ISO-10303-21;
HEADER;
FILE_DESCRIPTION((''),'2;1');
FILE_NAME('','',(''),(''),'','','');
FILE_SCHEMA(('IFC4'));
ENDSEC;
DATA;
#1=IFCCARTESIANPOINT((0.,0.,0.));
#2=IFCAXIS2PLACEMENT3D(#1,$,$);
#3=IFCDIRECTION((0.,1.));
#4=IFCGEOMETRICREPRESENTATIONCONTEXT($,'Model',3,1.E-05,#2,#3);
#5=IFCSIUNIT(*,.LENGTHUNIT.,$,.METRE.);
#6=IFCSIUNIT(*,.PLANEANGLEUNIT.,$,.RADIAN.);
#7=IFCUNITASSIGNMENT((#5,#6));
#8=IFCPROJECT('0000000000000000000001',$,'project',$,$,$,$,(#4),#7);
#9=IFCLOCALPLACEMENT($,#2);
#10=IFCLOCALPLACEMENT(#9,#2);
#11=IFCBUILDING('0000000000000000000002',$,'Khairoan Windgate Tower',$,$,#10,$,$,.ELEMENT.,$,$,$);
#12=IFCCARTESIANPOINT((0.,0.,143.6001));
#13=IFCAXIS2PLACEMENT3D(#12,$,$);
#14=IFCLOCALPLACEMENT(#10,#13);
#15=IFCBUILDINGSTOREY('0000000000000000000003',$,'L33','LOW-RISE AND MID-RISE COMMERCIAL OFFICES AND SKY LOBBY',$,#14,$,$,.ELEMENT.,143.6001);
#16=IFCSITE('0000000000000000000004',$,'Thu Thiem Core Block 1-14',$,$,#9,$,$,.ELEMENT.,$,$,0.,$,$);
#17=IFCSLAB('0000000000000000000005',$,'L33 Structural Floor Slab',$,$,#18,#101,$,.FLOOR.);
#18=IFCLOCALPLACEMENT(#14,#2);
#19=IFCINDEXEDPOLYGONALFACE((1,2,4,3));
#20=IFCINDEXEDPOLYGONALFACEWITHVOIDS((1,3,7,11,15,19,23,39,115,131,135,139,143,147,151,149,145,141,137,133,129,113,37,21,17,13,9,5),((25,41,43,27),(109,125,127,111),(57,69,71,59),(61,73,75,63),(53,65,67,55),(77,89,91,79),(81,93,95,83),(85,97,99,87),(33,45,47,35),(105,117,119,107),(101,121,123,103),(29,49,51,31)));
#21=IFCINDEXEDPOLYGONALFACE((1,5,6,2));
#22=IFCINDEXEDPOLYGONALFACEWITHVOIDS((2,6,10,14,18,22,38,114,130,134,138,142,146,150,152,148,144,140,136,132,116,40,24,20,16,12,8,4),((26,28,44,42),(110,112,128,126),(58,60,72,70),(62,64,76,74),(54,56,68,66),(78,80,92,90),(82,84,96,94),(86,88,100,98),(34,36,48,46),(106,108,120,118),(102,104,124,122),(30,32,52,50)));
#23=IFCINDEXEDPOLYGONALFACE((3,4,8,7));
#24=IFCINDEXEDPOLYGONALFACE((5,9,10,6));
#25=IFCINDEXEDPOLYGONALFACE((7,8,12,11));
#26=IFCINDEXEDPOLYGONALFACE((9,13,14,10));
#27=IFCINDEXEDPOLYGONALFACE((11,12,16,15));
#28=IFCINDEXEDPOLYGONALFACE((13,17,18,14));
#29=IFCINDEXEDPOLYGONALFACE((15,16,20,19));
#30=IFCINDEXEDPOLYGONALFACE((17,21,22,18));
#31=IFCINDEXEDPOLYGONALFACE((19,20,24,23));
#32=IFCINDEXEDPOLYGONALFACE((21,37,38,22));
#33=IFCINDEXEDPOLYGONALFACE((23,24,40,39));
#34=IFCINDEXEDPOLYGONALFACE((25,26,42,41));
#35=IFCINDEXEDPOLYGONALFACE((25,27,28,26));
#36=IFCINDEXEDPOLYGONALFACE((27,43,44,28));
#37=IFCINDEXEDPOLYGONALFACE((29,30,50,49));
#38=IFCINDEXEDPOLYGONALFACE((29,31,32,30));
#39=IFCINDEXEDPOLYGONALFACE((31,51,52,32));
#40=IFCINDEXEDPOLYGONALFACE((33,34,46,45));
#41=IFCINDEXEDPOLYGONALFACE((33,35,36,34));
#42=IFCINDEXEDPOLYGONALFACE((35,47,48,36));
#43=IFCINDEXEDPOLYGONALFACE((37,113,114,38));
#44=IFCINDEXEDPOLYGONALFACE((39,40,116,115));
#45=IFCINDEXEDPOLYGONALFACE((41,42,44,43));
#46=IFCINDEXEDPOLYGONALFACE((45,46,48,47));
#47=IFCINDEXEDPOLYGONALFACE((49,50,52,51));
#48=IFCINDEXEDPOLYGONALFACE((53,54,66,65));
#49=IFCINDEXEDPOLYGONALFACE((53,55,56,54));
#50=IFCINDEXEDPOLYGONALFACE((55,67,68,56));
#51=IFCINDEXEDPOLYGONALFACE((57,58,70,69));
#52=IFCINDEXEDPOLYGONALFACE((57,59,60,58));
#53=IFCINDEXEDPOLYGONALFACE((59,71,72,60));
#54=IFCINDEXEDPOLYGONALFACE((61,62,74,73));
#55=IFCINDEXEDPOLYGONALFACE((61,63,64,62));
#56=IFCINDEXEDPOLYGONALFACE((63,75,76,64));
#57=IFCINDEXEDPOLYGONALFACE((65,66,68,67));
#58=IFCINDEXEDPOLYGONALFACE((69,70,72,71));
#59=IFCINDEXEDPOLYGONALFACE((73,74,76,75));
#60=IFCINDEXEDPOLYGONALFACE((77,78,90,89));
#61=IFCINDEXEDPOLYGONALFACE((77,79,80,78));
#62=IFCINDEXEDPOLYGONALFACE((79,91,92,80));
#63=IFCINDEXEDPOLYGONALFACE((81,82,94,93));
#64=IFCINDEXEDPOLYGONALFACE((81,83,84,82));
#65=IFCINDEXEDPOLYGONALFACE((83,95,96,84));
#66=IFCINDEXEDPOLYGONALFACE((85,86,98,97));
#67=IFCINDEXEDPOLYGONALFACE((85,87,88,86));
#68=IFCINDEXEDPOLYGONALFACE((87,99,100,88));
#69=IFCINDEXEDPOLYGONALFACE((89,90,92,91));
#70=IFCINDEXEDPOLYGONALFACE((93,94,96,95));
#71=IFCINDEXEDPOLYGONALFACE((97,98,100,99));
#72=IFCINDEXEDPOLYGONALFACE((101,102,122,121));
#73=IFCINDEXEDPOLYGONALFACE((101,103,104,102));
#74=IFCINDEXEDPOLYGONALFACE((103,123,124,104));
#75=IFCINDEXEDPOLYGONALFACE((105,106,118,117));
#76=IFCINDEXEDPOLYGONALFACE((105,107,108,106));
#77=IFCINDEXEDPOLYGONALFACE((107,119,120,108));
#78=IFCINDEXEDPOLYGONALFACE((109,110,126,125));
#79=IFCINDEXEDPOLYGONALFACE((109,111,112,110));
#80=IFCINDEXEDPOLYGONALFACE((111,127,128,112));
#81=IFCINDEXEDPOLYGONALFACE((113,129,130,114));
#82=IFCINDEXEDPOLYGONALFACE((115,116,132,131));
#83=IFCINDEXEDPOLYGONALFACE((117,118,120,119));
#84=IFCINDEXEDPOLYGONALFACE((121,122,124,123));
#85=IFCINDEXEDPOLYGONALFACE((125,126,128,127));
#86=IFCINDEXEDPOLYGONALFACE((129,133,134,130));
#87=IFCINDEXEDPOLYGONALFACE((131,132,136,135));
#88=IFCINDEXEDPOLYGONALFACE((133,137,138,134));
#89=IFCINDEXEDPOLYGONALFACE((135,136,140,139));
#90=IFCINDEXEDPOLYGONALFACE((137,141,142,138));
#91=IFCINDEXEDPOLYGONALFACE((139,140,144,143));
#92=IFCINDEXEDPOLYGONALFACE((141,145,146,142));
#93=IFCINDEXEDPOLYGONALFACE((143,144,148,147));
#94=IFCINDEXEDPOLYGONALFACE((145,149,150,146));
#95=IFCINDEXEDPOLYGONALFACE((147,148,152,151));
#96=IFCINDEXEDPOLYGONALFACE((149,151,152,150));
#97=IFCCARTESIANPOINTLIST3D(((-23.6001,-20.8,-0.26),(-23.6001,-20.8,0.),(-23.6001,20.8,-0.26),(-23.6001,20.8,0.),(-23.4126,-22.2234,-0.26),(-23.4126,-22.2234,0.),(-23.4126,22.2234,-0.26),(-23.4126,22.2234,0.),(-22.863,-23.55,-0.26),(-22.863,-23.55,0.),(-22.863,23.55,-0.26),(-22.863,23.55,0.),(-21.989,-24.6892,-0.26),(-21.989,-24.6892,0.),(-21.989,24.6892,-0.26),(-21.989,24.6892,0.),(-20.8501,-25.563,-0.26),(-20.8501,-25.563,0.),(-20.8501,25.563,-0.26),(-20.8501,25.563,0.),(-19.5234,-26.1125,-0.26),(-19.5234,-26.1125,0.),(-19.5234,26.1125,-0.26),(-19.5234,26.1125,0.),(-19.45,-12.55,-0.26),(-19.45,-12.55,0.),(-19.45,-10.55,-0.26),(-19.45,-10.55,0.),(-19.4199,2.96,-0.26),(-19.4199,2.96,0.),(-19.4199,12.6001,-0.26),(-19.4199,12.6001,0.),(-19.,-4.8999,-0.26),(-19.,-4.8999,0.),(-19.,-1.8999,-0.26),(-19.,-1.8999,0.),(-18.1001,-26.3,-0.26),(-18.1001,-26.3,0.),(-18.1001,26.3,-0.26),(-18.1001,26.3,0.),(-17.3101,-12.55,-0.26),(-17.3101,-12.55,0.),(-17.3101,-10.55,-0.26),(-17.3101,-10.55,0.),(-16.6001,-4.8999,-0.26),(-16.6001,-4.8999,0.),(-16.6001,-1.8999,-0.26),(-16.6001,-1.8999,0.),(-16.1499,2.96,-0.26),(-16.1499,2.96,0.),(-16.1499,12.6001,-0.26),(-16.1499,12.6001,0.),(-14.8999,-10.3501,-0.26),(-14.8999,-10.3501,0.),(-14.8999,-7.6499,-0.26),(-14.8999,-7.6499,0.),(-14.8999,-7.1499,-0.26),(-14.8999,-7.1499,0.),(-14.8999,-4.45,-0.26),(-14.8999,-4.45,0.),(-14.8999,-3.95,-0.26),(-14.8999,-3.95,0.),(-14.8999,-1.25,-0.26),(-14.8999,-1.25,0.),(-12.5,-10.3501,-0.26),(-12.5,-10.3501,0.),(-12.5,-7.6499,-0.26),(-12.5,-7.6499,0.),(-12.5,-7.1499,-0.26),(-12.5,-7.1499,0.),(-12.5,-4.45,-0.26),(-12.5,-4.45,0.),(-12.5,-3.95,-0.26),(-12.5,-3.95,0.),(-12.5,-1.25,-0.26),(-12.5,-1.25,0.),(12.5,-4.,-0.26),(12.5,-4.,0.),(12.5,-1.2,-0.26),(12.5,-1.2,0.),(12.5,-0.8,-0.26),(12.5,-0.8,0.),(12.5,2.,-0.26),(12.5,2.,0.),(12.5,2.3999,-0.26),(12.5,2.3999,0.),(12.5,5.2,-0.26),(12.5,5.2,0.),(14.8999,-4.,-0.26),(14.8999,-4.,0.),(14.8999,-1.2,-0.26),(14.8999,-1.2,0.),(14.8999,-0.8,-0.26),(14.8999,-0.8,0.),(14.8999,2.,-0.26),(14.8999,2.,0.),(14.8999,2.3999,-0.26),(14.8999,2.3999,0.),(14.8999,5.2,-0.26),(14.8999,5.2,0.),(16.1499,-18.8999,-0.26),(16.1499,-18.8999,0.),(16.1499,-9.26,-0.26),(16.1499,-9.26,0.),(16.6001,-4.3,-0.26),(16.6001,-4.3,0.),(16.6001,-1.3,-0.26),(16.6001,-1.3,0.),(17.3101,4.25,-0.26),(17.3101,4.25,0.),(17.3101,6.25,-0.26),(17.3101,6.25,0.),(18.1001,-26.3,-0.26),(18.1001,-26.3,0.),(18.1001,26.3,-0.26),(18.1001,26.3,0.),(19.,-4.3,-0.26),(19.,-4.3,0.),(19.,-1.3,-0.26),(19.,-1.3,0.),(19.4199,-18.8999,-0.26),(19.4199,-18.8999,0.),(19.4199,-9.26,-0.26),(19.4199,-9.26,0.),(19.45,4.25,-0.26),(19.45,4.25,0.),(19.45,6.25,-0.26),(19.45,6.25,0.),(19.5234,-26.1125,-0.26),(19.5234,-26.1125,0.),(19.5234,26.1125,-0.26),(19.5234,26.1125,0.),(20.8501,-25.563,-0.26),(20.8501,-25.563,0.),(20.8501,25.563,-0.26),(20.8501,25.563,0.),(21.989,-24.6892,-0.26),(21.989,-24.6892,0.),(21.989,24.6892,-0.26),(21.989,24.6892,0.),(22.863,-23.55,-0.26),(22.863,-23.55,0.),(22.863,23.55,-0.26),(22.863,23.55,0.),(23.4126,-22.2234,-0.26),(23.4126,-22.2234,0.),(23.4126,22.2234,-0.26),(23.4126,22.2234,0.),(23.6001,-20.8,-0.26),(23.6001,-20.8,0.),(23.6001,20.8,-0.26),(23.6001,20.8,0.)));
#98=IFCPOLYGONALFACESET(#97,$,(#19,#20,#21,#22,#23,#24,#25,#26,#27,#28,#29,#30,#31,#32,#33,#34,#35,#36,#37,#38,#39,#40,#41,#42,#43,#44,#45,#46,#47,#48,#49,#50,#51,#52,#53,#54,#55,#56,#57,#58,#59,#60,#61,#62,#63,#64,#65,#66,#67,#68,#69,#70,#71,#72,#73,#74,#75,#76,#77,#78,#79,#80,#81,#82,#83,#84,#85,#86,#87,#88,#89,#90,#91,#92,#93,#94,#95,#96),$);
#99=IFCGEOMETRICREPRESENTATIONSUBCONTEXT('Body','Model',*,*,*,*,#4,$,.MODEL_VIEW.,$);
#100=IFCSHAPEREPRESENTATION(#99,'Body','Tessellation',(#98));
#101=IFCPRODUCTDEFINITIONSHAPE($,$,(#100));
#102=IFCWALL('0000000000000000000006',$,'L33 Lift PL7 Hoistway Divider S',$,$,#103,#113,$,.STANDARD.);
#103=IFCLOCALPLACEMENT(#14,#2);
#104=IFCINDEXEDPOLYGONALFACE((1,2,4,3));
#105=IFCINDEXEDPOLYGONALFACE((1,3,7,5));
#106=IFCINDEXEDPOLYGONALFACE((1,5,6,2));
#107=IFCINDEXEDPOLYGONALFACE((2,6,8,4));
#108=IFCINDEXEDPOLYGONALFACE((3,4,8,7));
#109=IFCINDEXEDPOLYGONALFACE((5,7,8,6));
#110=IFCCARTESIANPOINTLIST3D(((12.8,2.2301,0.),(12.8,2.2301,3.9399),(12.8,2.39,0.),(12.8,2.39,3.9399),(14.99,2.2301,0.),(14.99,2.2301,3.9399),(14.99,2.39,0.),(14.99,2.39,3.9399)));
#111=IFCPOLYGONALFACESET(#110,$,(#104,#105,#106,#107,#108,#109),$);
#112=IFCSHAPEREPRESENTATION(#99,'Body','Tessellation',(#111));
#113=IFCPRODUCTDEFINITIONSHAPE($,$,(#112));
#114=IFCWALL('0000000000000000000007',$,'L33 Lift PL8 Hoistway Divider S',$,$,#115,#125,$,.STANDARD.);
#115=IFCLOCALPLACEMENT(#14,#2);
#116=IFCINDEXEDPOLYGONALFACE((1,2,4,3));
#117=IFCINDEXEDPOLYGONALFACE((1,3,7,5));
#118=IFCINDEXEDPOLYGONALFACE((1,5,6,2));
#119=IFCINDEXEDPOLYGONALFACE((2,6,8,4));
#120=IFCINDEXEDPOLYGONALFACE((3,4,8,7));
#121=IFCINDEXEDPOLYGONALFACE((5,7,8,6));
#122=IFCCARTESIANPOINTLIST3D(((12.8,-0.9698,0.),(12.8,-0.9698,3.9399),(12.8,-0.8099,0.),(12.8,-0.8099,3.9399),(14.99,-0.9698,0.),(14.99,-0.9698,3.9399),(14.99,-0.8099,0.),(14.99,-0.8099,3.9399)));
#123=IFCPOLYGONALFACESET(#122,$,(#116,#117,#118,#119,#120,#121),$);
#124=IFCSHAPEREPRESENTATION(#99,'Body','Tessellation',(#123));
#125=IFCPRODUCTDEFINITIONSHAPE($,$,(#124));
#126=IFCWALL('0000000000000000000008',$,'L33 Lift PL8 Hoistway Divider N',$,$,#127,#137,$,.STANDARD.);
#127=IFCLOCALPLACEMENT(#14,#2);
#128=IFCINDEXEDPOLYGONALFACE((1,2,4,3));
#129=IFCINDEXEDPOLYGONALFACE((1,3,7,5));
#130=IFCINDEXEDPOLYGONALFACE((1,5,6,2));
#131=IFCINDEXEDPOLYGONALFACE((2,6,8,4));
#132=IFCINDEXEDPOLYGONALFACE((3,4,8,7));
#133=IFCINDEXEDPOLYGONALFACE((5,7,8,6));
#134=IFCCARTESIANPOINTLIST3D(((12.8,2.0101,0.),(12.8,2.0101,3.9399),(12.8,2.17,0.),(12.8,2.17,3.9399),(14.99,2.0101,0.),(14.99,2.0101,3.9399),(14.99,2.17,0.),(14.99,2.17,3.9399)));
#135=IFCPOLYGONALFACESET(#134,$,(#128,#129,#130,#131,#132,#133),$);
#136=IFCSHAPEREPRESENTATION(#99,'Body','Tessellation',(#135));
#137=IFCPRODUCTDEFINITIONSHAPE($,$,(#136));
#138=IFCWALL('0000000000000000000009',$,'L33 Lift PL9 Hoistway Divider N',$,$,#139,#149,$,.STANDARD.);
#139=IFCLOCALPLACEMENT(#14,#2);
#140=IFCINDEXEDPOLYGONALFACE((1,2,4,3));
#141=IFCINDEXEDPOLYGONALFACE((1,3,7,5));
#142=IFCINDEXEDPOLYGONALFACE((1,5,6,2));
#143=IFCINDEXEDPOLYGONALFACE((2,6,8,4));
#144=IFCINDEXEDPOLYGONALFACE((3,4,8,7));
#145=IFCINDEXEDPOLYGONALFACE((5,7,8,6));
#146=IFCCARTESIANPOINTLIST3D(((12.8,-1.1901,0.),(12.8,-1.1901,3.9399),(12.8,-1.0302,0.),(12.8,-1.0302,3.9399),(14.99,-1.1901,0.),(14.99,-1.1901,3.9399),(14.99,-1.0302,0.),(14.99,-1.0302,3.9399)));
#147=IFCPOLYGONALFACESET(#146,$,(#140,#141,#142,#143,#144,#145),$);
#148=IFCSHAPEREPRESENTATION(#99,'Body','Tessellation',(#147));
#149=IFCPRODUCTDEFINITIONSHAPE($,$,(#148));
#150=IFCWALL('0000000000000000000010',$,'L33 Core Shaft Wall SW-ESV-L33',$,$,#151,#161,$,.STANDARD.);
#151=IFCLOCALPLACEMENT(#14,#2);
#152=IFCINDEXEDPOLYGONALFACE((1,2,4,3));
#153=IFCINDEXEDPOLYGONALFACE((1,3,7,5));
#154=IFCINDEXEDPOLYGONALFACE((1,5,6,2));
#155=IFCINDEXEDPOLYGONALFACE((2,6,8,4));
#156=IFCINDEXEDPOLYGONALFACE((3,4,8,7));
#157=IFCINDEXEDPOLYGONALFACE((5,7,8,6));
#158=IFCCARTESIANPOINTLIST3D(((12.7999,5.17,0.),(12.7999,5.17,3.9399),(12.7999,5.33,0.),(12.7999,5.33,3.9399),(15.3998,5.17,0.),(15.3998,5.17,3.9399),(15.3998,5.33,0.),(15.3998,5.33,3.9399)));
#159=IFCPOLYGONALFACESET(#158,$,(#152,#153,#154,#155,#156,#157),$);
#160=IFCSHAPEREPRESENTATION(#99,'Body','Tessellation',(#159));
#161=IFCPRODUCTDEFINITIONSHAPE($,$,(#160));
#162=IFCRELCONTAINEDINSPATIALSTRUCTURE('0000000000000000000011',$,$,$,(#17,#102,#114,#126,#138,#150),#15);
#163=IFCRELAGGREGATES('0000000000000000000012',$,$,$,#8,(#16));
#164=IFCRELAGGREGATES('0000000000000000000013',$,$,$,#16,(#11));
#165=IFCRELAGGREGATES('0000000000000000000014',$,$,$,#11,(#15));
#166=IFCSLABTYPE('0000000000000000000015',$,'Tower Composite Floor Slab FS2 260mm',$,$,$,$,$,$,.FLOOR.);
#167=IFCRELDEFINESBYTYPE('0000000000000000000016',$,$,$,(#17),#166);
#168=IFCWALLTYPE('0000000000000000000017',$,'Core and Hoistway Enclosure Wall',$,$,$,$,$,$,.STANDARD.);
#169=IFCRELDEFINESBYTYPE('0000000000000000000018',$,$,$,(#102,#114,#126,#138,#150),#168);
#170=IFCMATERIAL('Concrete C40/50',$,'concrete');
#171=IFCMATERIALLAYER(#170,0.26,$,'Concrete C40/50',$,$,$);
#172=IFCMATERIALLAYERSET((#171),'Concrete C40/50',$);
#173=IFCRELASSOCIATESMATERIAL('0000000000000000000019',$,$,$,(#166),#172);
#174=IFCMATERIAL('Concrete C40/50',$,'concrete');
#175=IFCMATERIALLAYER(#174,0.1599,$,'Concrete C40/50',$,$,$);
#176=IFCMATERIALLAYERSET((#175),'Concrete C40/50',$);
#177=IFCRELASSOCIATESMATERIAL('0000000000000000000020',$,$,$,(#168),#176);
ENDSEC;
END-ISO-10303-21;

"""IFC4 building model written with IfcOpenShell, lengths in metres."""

from ifc_helpers import new_model, si_unit, direction, frame, frame_2d, origin, place, context, subcontext, project, spatial, polyline, rectangle, outline, extrude, material, layer, layer_set, type_object, element, save


model = new_model("IFC4")

# Units and contexts
model_context = context("Model", 3, precision=1e-05, world=origin(), true_north=direction((0.0, 1.0)))
body_context = subcontext(model_context, "Body", "Model", "MODEL_VIEW")
ifc_project = project(units=[si_unit("LENGTHUNIT", "METRE"), si_unit("PLANEANGLEUNIT", "RADIAN")], contexts=[model_context])

# Site, building, storey
site_placement = place(None, origin())
site = spatial("IfcSite", under=ifc_project, at=site_placement, Name="Thu Thiem Core Block 1-14", CompositionType="ELEMENT", RefElevation=0.0)
building_placement = place(site_placement, origin())
building = spatial("IfcBuilding", under=site, at=building_placement, Name="Khairoan Windgate Tower", CompositionType="ELEMENT")
storey_placement = place(building_placement, frame((0.0, 0.0, 143.6001)))
storey = spatial("IfcBuildingStorey", under=building, at=storey_placement, Name="L33", Description="LOW-RISE AND MID-RISE COMMERCIAL OFFICES AND SKY LOBBY", CompositionType="ELEMENT", Elevation=143.6001)

# Slab
ifc_material_1 = material(Name="Concrete C40/50", Category="concrete")
ifc_layer_1 = layer(ifc_material_1, 0.26, Name="Concrete C40/50")
ifc_layer_set_1 = layer_set([ifc_layer_1], Name="Concrete C40/50")
slab_type_1 = type_object("IfcSlabType", Name="Tower Composite Floor Slab FS2 260mm", PredefinedType="FLOOR", material=ifc_layer_set_1)
slab_1_placement = place(storey_placement, frame((0.0, 0.0, -0.26)))
element("IfcSlab", 1, at=slab_1_placement, inside=storey, type_object=slab_type_1, Name="L33 Structural Floor Slab", PredefinedType="FLOOR", context=body_context, shape_type="SweptSolid", body=[
    extrude(outline(polyline([(18.1001, -26.3), (19.5234, -26.1125), (20.8501, -25.563), (21.989, -24.6892), (22.863, -23.55), (23.4126, -22.2234), (23.6001, -20.8), (23.6001, 20.8), (23.4126, 22.2234), (22.863, 23.55), (21.989, 24.6892), (20.8501, 25.563), (19.5234, 26.1125), (18.1001, 26.3), (-18.1001, 26.3), (-19.5234, 26.1125), (-20.8501, 25.563), (-21.989, 24.6892), (-22.863, 23.55), (-23.4126, 22.2234), (-23.6001, 20.8), (-23.6001, -20.8), (-23.4126, -22.2234), (-22.863, -23.55), (-21.989, -24.6892), (-20.8501, -25.563), (-19.5234, -26.1125), (-18.1001, -26.3), (18.1001, -26.3)]), holes=[polyline([(16.1499, -9.26), (16.1499, -18.8999), (19.4199, -18.8999), (19.4199, -9.26), (16.1499, -9.26)]), polyline([(-16.1499, 2.96), (-16.1499, 12.6001), (-19.4199, 12.6001), (-19.4199, 2.96), (-16.1499, 2.96)]), polyline([(-14.8999, -3.95), (-12.5, -3.95), (-12.5, -1.25), (-14.8999, -1.25), (-14.8999, -3.95)]), polyline([(-14.8999, -7.1499), (-12.5, -7.1499), (-12.5, -4.45), (-14.8999, -4.45), (-14.8999, -7.1499)]), polyline([(-14.8999, -10.3501), (-12.5, -10.3501), (-12.5, -7.6499), (-14.8999, -7.6499), (-14.8999, -10.3501)]), polyline([(12.5, 2.3999), (14.8999, 2.3999), (14.8999, 5.2), (12.5, 5.2), (12.5, 2.3999)]), polyline([(12.5, -0.8), (14.8999, -0.8), (14.8999, 2.0), (12.5, 2.0), (12.5, -0.8)]), polyline([(12.5, -4.0), (14.8999, -4.0), (14.8999, -1.2), (12.5, -1.2), (12.5, -4.0)]), polyline([(16.6001, -4.3), (19.0, -4.3), (19.0, -1.3), (16.6001, -1.3), (16.6001, -4.3)]), polyline([(-19.0, -4.8999), (-16.6001, -4.8999), (-16.6001, -1.8999), (-19.0, -1.8999), (-19.0, -4.8999)]), polyline([(-19.45, -12.55), (-17.3101, -12.55), (-17.3101, -10.55), (-19.45, -10.55), (-19.45, -12.55)]), polyline([(17.3101, 4.25), (19.45, 4.25), (19.45, 6.25), (17.3101, 6.25), (17.3101, 4.25)])]), origin(), (0.0, 0.0, 1.0), 0.26),
])

# Walls
ifc_material_2 = material(Name="Concrete C40/50", Category="concrete")
ifc_layer_2 = layer(ifc_material_2, 0.1599, Name="Concrete C40/50")
ifc_layer_set_2 = layer_set([ifc_layer_2], Name="Concrete C40/50")
wall_type_1 = type_object("IfcWallType", Name="Core and Hoistway Enclosure Wall", PredefinedType="STANDARD", material=ifc_layer_set_2)
for number, where, z_axis, x_axis, name in (
    (2, (12.8, 2.3101, 0.0), (0.0, 0.0, 1.0), (1.0, 0.0, 0.0), "L33 Lift PL7 Hoistway Divider S"),
    (3, (12.8, -0.8899, 0.0), (0.0, 0.0, 1.0), (1.0, 0.0, 0.0), "L33 Lift PL8 Hoistway Divider S"),
    (4, (12.8, 2.0901, 0.0), (0.0, 0.0, 1.0), (1.0, 0.0, 0.0), "L33 Lift PL8 Hoistway Divider N"),
    (5, (12.8, -1.1101, 0.0), (0.0, 0.0, 1.0), (1.0, 0.0, 0.0), "L33 Lift PL9 Hoistway Divider N"),
):
    element("IfcWall", number, at=place(storey_placement, frame(where, z_axis=z_axis, x_axis=x_axis)), inside=storey, type_object=wall_type_1, Name=name, PredefinedType="STANDARD", context=body_context, shape_type="SweptSolid", body=[
        extrude(rectangle(XDim=2.1899, YDim=0.1599, at=frame_2d((1.095, 0.0))), origin(), (0.0, 0.0, 1.0), 3.9399),
    ])
wall_1_placement = place(storey_placement, frame((12.8, 5.25, 0.0), z_axis=(0.0, 0.0, 1.0), x_axis=(1.0, 0.0, 0.0)))
element("IfcWall", 6, at=wall_1_placement, inside=storey, type_object=wall_type_1, Name="L33 Core Shaft Wall SW-ESV-L33", PredefinedType="STANDARD", context=body_context, shape_type="SweptSolid", body=[
    extrude(rectangle(XDim=2.5999, YDim=0.1599, at=frame_2d((1.2998, 0.0))), origin(), (0.0, 0.0, 1.0), 3.9399),
])

save(model, "model.ifc")
